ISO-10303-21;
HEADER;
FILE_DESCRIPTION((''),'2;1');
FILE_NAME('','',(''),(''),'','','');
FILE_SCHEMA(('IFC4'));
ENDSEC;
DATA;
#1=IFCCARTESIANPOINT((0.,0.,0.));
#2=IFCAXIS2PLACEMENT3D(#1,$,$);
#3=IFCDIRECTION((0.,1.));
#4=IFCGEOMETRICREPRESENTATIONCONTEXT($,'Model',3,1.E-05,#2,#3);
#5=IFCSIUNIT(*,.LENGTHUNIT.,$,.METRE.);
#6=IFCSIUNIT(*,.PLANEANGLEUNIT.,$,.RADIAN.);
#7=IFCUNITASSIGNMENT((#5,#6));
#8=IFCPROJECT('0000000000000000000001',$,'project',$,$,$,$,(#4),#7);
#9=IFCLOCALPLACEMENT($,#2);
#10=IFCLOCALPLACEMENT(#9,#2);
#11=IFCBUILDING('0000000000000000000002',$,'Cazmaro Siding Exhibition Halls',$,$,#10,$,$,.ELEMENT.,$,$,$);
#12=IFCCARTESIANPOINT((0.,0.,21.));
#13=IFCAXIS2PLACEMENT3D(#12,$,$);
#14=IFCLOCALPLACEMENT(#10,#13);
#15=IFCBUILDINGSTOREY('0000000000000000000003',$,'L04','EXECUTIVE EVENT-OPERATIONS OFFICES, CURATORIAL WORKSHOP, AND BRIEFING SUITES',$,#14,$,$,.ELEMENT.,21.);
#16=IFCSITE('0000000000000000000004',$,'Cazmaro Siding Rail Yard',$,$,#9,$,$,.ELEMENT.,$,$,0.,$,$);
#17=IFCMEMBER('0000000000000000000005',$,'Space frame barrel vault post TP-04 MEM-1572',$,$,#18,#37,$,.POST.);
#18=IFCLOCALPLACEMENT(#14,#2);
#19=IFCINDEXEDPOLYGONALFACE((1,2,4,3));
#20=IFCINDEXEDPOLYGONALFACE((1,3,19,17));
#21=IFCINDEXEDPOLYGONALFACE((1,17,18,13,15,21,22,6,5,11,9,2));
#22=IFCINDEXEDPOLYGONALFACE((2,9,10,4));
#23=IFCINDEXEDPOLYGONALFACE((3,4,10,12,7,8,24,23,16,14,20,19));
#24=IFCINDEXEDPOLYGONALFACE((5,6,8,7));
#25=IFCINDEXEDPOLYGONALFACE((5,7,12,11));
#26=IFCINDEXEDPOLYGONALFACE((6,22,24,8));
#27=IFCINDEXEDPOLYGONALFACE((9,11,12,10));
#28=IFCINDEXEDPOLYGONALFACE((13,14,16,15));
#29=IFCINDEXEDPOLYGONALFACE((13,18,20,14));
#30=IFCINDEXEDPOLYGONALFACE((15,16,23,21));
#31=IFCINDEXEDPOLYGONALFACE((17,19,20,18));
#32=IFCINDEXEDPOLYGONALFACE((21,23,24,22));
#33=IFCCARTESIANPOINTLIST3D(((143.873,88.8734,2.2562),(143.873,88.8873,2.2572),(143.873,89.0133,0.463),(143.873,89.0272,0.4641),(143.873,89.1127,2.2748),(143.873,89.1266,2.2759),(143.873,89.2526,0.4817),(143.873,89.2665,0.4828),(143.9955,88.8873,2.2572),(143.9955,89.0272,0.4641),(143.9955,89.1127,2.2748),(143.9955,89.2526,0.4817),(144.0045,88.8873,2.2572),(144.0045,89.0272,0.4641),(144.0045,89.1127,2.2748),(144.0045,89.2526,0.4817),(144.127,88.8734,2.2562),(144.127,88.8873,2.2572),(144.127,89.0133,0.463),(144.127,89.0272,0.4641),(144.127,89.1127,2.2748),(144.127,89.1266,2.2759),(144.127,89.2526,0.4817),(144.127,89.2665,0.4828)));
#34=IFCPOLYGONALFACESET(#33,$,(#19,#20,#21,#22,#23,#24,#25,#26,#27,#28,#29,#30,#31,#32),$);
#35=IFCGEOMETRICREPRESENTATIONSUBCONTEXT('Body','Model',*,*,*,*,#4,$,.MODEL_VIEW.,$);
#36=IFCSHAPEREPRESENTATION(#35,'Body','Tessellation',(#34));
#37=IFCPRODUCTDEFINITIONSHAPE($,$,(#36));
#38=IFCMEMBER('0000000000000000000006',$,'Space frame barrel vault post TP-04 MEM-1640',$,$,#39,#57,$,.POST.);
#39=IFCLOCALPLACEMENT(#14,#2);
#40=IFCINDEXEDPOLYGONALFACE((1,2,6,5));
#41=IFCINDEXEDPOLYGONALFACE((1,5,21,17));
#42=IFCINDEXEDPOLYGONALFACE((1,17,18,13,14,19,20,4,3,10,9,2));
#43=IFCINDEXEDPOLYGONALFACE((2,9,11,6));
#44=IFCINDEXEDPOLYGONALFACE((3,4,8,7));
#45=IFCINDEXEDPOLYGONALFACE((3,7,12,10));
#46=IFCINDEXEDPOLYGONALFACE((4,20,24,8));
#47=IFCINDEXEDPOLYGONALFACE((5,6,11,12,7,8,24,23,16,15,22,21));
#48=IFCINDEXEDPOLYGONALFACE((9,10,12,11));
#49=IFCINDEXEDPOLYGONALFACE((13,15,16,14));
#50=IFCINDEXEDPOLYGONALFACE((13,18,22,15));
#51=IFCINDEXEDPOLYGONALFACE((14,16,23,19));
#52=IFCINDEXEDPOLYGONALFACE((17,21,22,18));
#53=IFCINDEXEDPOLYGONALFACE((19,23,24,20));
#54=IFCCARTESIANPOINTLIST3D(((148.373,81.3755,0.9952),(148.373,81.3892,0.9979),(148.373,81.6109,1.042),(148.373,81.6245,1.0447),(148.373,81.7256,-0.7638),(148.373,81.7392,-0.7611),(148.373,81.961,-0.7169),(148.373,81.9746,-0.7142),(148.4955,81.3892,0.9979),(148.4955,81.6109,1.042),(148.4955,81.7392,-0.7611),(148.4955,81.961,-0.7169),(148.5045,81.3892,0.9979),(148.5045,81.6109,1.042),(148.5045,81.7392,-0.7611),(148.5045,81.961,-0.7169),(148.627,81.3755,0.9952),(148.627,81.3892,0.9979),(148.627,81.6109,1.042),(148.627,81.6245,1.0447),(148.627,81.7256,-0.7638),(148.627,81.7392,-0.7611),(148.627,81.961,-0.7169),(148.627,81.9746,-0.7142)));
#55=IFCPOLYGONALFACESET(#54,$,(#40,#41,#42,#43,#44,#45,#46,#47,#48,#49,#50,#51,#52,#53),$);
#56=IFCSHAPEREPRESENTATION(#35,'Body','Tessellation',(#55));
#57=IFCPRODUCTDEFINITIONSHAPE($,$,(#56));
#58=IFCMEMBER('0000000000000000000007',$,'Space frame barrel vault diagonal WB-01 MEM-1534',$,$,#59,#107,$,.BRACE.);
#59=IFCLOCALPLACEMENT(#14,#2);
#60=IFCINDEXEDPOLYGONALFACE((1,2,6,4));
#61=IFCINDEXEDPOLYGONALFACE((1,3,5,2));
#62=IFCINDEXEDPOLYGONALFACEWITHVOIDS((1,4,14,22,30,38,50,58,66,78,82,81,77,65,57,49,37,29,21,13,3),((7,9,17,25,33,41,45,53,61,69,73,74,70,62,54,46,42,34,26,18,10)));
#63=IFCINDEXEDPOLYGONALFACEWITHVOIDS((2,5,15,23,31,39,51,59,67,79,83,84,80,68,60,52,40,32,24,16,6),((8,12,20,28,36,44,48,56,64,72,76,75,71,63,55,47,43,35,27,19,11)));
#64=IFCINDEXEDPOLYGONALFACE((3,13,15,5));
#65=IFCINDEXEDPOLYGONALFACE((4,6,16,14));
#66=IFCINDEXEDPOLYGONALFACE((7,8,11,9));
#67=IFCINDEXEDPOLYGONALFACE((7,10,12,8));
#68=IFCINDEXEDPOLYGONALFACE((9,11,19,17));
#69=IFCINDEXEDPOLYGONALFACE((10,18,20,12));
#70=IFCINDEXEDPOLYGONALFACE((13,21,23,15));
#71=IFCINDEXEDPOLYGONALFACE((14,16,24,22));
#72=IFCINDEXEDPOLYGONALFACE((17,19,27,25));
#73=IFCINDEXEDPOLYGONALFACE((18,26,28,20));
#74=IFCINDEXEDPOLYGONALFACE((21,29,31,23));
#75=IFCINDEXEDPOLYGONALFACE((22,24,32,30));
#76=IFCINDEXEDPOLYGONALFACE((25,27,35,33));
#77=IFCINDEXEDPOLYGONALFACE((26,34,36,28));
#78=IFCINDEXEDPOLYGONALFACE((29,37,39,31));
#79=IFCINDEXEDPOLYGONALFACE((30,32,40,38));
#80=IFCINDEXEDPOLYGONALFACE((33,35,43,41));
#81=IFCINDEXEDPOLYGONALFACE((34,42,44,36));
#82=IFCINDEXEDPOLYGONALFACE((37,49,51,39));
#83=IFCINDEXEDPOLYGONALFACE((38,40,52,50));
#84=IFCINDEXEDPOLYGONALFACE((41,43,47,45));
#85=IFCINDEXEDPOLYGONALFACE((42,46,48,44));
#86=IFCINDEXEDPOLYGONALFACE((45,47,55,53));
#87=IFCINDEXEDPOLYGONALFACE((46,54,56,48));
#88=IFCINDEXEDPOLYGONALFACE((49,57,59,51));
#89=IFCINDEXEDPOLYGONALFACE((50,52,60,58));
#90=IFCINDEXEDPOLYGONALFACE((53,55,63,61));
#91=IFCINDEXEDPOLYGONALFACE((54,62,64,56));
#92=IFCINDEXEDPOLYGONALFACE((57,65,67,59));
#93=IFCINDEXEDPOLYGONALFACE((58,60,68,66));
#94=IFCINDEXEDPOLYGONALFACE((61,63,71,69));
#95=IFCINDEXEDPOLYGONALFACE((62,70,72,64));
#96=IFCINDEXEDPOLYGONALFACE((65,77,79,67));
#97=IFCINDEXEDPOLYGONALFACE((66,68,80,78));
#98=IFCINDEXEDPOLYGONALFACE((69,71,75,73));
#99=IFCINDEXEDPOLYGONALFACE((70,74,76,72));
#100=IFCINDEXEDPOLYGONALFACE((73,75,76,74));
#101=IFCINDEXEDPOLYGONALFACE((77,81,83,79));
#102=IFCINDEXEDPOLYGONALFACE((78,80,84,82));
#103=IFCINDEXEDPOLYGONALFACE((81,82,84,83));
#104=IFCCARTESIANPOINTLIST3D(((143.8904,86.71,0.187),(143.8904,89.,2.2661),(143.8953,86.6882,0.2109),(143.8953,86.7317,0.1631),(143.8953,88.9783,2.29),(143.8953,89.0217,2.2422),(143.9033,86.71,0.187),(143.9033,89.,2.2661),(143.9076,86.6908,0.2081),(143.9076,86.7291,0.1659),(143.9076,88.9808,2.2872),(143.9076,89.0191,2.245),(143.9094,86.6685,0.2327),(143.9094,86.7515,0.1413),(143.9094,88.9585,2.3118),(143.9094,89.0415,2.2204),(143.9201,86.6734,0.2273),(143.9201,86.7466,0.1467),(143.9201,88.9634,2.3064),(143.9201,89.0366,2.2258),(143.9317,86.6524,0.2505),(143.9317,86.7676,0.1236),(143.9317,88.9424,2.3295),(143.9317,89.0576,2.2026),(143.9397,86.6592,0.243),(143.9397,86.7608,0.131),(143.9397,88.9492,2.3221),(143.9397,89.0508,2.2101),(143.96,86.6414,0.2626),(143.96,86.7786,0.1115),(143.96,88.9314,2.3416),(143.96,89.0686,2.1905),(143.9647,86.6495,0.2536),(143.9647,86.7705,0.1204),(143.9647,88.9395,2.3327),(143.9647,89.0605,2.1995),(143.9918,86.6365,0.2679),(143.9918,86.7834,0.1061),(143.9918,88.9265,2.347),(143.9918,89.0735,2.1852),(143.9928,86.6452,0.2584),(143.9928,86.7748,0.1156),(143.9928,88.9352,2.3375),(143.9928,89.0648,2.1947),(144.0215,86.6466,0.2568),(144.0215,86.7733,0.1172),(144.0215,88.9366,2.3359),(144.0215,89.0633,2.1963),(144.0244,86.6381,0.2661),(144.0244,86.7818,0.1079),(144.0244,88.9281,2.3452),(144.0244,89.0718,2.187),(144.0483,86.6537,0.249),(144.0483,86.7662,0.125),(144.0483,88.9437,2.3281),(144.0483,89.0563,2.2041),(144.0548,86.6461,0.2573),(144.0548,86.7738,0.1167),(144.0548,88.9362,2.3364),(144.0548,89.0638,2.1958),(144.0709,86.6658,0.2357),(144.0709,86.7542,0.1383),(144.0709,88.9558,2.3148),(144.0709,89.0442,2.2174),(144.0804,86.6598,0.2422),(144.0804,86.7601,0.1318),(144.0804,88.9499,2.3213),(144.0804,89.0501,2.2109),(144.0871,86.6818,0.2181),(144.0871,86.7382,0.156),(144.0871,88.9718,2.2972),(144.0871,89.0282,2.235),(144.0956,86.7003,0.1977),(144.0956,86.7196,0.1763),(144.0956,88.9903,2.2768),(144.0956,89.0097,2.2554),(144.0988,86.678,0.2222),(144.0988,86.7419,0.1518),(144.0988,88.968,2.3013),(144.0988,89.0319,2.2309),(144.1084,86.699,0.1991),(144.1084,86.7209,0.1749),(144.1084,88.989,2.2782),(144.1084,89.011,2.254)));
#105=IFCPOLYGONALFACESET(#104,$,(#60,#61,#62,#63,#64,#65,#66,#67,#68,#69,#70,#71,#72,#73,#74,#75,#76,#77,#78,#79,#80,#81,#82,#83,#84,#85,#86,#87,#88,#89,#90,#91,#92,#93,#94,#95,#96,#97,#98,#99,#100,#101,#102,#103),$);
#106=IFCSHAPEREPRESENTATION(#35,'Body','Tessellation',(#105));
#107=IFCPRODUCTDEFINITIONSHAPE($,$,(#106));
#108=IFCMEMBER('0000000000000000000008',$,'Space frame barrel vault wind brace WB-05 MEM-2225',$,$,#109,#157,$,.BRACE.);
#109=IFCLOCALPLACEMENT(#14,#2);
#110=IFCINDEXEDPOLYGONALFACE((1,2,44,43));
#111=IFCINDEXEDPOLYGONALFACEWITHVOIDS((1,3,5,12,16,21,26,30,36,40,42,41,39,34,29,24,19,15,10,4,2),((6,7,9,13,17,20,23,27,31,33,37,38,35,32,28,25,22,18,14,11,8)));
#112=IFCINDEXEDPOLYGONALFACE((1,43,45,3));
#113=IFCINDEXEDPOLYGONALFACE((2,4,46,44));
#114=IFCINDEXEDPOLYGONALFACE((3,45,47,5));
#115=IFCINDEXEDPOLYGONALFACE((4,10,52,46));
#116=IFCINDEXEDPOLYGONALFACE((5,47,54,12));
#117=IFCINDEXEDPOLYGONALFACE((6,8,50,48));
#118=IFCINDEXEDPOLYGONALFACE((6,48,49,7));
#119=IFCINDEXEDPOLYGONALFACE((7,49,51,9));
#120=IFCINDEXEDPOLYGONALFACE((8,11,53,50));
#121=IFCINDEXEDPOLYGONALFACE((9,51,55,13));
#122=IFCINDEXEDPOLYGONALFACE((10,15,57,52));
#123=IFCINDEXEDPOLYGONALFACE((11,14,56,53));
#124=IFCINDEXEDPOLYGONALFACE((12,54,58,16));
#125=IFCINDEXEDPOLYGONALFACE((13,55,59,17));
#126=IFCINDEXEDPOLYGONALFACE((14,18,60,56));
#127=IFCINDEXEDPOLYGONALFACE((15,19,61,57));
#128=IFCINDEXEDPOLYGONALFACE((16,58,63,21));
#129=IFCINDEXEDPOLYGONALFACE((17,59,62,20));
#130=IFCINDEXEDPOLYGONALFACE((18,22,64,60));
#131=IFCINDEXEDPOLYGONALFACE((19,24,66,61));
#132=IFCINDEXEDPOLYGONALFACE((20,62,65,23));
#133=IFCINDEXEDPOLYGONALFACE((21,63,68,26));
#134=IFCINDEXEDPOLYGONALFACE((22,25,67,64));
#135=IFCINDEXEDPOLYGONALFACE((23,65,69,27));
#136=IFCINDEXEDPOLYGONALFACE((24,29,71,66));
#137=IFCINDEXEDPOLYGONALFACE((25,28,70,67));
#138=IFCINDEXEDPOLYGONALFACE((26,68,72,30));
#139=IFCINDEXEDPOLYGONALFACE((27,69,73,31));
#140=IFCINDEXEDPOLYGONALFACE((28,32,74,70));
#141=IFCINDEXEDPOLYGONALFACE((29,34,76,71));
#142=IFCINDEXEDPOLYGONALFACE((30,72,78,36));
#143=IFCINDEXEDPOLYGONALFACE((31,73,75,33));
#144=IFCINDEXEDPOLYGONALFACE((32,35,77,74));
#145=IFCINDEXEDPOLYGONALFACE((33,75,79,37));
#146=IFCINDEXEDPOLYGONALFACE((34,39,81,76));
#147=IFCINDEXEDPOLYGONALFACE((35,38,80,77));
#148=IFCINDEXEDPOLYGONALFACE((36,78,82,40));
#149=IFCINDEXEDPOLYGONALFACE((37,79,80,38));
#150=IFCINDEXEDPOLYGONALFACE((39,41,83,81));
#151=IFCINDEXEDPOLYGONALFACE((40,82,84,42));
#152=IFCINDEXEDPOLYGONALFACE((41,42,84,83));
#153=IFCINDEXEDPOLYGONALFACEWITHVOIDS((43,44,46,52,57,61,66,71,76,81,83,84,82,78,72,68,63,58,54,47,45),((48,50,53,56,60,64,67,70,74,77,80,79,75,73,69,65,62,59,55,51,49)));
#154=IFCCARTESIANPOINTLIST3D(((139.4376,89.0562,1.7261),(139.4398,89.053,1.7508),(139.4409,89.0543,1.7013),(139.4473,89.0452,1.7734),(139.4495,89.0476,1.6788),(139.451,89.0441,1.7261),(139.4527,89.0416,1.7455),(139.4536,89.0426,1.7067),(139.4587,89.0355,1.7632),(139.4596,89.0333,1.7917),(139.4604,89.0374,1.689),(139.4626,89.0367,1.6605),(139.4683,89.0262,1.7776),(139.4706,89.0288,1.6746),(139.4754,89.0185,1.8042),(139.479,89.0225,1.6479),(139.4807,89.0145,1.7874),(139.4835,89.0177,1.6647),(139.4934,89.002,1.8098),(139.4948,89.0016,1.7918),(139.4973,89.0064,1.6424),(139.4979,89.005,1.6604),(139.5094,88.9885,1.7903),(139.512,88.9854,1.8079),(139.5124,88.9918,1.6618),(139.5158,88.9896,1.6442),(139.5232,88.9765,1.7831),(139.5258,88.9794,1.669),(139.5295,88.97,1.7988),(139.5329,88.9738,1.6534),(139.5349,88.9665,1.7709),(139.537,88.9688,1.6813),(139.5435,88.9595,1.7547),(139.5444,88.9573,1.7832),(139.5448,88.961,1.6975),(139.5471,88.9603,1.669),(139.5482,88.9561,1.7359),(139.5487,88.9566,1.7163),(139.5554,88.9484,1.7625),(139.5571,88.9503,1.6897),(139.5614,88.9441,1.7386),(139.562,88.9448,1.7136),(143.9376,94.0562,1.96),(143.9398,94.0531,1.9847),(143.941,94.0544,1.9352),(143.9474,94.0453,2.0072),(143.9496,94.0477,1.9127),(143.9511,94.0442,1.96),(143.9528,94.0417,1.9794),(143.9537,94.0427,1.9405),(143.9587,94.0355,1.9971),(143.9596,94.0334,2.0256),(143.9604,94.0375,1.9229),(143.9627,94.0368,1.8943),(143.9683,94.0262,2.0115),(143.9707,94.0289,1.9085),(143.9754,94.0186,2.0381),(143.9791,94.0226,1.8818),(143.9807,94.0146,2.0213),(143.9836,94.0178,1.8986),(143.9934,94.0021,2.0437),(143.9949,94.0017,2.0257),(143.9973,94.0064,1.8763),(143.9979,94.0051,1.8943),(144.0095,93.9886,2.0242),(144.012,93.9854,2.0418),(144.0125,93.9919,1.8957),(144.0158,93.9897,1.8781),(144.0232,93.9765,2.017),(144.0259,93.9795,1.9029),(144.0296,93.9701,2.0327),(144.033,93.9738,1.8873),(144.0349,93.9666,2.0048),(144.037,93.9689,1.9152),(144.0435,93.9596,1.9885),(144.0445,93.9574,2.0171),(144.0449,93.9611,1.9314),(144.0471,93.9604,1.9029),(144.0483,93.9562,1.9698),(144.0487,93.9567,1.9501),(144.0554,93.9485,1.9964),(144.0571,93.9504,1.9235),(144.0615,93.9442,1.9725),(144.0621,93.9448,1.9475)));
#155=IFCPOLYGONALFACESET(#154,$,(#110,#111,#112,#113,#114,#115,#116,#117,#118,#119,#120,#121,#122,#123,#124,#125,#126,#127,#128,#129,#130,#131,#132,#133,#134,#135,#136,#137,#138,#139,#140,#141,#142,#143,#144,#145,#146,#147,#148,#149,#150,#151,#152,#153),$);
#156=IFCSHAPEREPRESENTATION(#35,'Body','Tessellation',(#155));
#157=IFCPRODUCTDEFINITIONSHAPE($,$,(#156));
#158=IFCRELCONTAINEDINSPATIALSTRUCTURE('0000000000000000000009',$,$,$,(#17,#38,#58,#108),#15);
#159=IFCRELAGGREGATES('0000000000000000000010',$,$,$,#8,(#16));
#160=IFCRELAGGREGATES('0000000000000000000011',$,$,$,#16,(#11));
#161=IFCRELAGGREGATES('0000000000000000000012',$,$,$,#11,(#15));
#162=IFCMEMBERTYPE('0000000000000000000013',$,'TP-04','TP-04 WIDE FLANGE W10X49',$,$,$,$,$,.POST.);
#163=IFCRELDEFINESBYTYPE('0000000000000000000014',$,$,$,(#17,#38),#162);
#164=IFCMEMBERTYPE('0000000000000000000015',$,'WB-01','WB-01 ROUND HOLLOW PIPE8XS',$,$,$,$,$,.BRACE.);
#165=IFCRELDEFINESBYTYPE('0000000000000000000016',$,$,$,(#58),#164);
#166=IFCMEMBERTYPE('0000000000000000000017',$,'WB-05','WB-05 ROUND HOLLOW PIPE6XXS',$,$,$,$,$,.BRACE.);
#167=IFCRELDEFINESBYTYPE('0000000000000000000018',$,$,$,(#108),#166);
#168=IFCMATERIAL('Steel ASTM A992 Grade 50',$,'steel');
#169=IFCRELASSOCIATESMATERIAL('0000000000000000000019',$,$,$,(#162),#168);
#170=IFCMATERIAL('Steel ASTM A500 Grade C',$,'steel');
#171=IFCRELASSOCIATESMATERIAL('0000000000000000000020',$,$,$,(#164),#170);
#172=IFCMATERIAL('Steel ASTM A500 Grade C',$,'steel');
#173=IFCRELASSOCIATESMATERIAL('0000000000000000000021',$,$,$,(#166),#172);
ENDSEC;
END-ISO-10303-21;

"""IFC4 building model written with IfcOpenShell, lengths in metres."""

from ifc_helpers import new_model, si_unit, direction, frame, origin, origin_2d, place, context, subcontext, project, spatial, hollow_circle, i_section, extrude, material, material_profile, profile_set, type_object, element, save


model = new_model("IFC4")

# Units and contexts
model_context = context("Model", 3, precision=1e-05, world=origin(), true_north=direction((0.0, 1.0)))
body_context = subcontext(model_context, "Body", "Model", "MODEL_VIEW")
ifc_project = project(units=[si_unit("LENGTHUNIT", "METRE"), si_unit("PLANEANGLEUNIT", "RADIAN")], contexts=[model_context])

# Site, building, storey
site_placement = place(None, origin())
site = spatial("IfcSite", under=ifc_project, at=site_placement, Name="Cazmaro Siding Rail Yard", CompositionType="ELEMENT", RefElevation=0.0)
building_placement = place(site_placement, origin())
building = spatial("IfcBuilding", under=site, at=building_placement, Name="Cazmaro Siding Exhibition Halls", CompositionType="ELEMENT")
storey_placement = place(building_placement, frame((0.0, 0.0, 21.0)))
storey = spatial("IfcBuildingStorey", under=building, at=storey_placement, Name="L04", Description="EXECUTIVE EVENT-OPERATIONS OFFICES, CURATORIAL WORKSHOP, AND BRIEFING SUITES", CompositionType="ELEMENT", Elevation=21.0)

# Members
ifc_material_1 = material(Name="Steel ASTM A992 Grade 50", Category="steel")
ifc_material_profile_1 = material_profile(ifc_material_1, i_section(OverallWidth=0.2539, OverallDepth=0.2539, WebThickness=0.009, FlangeThickness=0.0139, at=origin_2d()), Name="W10X49")
ifc_profile_set_1 = profile_set([ifc_material_profile_1], Name="Steel ASTM A992 Grade 50")
member_type_1 = type_object("IfcMemberType", Name="TP-04", Description="TP-04 WIDE FLANGE W10X49", PredefinedType="POST", material=ifc_profile_set_1)
member_1_placement = place(storey_placement, frame((144.0, 89.1399, 0.4729), z_axis=(0.0, -0.077776, 0.996971), x_axis=(1.0, 0.0, 0.0)))
element("IfcMember", 1, at=member_1_placement, inside=storey, type_object=member_type_1, Name="Space frame barrel vault post TP-04 MEM-1572", PredefinedType="POST", context=body_context, shape_type="SweptSolid", body=[
    extrude(i_section(OverallWidth=0.2539, OverallDepth=0.2539, WebThickness=0.009, FlangeThickness=0.0139, at=origin_2d()), origin(), (0.0, 0.0, 1.0), 1.7986),
])
member_2_placement = place(storey_placement, frame((148.5, 81.8501, -0.739), z_axis=(0.0, -0.1952, 0.980763), x_axis=(1.0, 0.0, 0.0)))
element("IfcMember", 2, at=member_2_placement, inside=storey, type_object=member_type_1, Name="Space frame barrel vault post TP-04 MEM-1640", PredefinedType="POST", context=body_context, shape_type="SweptSolid", body=[
    extrude(i_section(OverallWidth=0.2539, OverallDepth=0.2539, WebThickness=0.009, FlangeThickness=0.0139, at=origin_2d()), origin(), (0.0, 0.0, 1.0), 1.7935),
])
ifc_material_2 = material(Name="Steel ASTM A500 Grade C", Category="steel")
ifc_material_profile_2 = material_profile(ifc_material_2, hollow_circle(Radius=0.1096, WallThickness=0.0129, at=origin_2d()), Name="PIPE8XS")
ifc_profile_set_2 = profile_set([ifc_material_profile_2], Name="Steel ASTM A500 Grade C")
member_type_2 = type_object("IfcMemberType", Name="WB-01", Description="WB-01 ROUND HOLLOW PIPE8XS", PredefinedType="BRACE", material=ifc_profile_set_2)
member_3_placement = place(storey_placement, frame((144.0, 86.71, 0.187), z_axis=(0.0, 0.740383, 0.672185), x_axis=(-1.0, 0.0, 0.0)))
element("IfcMember", 3, at=member_3_placement, inside=storey, type_object=member_type_2, Name="Space frame barrel vault diagonal WB-01 MEM-1534", PredefinedType="BRACE", context=body_context, shape_type="SweptSolid", body=[
    extrude(hollow_circle(Radius=0.1096, WallThickness=0.0129, at=origin_2d()), origin(), (0.0, 0.0, 1.0), 3.093),
])
ifc_material_3 = material(Name="Steel ASTM A500 Grade C", Category="steel")
ifc_material_profile_3 = material_profile(ifc_material_3, hollow_circle(Radius=0.084, WallThickness=0.0181, at=origin_2d()), Name="PIPE6XXS")
ifc_profile_set_3 = profile_set([ifc_material_profile_3], Name="Steel ASTM A500 Grade C")
member_type_3 = type_object("IfcMemberType", Name="WB-05", Description="WB-05 ROUND HOLLOW PIPE6XXS", PredefinedType="BRACE", material=ifc_profile_set_3)
member_4_placement = place(storey_placement, frame((139.5, 89.0, 1.7261), z_axis=(0.668561, 0.742845, 0.034748), x_axis=(-0.743294, 0.668965, 0.0)))
element("IfcMember", 4, at=member_4_placement, inside=storey, type_object=member_type_3, Name="Space frame barrel vault wind brace WB-05 MEM-2225", PredefinedType="BRACE", context=body_context, shape_type="SweptSolid", body=[
    extrude(hollow_circle(Radius=0.084, WallThickness=0.0181, at=origin_2d()), origin(), (0.0, 0.0, 1.0), 6.731),
])

save(model, "model.ifc")
